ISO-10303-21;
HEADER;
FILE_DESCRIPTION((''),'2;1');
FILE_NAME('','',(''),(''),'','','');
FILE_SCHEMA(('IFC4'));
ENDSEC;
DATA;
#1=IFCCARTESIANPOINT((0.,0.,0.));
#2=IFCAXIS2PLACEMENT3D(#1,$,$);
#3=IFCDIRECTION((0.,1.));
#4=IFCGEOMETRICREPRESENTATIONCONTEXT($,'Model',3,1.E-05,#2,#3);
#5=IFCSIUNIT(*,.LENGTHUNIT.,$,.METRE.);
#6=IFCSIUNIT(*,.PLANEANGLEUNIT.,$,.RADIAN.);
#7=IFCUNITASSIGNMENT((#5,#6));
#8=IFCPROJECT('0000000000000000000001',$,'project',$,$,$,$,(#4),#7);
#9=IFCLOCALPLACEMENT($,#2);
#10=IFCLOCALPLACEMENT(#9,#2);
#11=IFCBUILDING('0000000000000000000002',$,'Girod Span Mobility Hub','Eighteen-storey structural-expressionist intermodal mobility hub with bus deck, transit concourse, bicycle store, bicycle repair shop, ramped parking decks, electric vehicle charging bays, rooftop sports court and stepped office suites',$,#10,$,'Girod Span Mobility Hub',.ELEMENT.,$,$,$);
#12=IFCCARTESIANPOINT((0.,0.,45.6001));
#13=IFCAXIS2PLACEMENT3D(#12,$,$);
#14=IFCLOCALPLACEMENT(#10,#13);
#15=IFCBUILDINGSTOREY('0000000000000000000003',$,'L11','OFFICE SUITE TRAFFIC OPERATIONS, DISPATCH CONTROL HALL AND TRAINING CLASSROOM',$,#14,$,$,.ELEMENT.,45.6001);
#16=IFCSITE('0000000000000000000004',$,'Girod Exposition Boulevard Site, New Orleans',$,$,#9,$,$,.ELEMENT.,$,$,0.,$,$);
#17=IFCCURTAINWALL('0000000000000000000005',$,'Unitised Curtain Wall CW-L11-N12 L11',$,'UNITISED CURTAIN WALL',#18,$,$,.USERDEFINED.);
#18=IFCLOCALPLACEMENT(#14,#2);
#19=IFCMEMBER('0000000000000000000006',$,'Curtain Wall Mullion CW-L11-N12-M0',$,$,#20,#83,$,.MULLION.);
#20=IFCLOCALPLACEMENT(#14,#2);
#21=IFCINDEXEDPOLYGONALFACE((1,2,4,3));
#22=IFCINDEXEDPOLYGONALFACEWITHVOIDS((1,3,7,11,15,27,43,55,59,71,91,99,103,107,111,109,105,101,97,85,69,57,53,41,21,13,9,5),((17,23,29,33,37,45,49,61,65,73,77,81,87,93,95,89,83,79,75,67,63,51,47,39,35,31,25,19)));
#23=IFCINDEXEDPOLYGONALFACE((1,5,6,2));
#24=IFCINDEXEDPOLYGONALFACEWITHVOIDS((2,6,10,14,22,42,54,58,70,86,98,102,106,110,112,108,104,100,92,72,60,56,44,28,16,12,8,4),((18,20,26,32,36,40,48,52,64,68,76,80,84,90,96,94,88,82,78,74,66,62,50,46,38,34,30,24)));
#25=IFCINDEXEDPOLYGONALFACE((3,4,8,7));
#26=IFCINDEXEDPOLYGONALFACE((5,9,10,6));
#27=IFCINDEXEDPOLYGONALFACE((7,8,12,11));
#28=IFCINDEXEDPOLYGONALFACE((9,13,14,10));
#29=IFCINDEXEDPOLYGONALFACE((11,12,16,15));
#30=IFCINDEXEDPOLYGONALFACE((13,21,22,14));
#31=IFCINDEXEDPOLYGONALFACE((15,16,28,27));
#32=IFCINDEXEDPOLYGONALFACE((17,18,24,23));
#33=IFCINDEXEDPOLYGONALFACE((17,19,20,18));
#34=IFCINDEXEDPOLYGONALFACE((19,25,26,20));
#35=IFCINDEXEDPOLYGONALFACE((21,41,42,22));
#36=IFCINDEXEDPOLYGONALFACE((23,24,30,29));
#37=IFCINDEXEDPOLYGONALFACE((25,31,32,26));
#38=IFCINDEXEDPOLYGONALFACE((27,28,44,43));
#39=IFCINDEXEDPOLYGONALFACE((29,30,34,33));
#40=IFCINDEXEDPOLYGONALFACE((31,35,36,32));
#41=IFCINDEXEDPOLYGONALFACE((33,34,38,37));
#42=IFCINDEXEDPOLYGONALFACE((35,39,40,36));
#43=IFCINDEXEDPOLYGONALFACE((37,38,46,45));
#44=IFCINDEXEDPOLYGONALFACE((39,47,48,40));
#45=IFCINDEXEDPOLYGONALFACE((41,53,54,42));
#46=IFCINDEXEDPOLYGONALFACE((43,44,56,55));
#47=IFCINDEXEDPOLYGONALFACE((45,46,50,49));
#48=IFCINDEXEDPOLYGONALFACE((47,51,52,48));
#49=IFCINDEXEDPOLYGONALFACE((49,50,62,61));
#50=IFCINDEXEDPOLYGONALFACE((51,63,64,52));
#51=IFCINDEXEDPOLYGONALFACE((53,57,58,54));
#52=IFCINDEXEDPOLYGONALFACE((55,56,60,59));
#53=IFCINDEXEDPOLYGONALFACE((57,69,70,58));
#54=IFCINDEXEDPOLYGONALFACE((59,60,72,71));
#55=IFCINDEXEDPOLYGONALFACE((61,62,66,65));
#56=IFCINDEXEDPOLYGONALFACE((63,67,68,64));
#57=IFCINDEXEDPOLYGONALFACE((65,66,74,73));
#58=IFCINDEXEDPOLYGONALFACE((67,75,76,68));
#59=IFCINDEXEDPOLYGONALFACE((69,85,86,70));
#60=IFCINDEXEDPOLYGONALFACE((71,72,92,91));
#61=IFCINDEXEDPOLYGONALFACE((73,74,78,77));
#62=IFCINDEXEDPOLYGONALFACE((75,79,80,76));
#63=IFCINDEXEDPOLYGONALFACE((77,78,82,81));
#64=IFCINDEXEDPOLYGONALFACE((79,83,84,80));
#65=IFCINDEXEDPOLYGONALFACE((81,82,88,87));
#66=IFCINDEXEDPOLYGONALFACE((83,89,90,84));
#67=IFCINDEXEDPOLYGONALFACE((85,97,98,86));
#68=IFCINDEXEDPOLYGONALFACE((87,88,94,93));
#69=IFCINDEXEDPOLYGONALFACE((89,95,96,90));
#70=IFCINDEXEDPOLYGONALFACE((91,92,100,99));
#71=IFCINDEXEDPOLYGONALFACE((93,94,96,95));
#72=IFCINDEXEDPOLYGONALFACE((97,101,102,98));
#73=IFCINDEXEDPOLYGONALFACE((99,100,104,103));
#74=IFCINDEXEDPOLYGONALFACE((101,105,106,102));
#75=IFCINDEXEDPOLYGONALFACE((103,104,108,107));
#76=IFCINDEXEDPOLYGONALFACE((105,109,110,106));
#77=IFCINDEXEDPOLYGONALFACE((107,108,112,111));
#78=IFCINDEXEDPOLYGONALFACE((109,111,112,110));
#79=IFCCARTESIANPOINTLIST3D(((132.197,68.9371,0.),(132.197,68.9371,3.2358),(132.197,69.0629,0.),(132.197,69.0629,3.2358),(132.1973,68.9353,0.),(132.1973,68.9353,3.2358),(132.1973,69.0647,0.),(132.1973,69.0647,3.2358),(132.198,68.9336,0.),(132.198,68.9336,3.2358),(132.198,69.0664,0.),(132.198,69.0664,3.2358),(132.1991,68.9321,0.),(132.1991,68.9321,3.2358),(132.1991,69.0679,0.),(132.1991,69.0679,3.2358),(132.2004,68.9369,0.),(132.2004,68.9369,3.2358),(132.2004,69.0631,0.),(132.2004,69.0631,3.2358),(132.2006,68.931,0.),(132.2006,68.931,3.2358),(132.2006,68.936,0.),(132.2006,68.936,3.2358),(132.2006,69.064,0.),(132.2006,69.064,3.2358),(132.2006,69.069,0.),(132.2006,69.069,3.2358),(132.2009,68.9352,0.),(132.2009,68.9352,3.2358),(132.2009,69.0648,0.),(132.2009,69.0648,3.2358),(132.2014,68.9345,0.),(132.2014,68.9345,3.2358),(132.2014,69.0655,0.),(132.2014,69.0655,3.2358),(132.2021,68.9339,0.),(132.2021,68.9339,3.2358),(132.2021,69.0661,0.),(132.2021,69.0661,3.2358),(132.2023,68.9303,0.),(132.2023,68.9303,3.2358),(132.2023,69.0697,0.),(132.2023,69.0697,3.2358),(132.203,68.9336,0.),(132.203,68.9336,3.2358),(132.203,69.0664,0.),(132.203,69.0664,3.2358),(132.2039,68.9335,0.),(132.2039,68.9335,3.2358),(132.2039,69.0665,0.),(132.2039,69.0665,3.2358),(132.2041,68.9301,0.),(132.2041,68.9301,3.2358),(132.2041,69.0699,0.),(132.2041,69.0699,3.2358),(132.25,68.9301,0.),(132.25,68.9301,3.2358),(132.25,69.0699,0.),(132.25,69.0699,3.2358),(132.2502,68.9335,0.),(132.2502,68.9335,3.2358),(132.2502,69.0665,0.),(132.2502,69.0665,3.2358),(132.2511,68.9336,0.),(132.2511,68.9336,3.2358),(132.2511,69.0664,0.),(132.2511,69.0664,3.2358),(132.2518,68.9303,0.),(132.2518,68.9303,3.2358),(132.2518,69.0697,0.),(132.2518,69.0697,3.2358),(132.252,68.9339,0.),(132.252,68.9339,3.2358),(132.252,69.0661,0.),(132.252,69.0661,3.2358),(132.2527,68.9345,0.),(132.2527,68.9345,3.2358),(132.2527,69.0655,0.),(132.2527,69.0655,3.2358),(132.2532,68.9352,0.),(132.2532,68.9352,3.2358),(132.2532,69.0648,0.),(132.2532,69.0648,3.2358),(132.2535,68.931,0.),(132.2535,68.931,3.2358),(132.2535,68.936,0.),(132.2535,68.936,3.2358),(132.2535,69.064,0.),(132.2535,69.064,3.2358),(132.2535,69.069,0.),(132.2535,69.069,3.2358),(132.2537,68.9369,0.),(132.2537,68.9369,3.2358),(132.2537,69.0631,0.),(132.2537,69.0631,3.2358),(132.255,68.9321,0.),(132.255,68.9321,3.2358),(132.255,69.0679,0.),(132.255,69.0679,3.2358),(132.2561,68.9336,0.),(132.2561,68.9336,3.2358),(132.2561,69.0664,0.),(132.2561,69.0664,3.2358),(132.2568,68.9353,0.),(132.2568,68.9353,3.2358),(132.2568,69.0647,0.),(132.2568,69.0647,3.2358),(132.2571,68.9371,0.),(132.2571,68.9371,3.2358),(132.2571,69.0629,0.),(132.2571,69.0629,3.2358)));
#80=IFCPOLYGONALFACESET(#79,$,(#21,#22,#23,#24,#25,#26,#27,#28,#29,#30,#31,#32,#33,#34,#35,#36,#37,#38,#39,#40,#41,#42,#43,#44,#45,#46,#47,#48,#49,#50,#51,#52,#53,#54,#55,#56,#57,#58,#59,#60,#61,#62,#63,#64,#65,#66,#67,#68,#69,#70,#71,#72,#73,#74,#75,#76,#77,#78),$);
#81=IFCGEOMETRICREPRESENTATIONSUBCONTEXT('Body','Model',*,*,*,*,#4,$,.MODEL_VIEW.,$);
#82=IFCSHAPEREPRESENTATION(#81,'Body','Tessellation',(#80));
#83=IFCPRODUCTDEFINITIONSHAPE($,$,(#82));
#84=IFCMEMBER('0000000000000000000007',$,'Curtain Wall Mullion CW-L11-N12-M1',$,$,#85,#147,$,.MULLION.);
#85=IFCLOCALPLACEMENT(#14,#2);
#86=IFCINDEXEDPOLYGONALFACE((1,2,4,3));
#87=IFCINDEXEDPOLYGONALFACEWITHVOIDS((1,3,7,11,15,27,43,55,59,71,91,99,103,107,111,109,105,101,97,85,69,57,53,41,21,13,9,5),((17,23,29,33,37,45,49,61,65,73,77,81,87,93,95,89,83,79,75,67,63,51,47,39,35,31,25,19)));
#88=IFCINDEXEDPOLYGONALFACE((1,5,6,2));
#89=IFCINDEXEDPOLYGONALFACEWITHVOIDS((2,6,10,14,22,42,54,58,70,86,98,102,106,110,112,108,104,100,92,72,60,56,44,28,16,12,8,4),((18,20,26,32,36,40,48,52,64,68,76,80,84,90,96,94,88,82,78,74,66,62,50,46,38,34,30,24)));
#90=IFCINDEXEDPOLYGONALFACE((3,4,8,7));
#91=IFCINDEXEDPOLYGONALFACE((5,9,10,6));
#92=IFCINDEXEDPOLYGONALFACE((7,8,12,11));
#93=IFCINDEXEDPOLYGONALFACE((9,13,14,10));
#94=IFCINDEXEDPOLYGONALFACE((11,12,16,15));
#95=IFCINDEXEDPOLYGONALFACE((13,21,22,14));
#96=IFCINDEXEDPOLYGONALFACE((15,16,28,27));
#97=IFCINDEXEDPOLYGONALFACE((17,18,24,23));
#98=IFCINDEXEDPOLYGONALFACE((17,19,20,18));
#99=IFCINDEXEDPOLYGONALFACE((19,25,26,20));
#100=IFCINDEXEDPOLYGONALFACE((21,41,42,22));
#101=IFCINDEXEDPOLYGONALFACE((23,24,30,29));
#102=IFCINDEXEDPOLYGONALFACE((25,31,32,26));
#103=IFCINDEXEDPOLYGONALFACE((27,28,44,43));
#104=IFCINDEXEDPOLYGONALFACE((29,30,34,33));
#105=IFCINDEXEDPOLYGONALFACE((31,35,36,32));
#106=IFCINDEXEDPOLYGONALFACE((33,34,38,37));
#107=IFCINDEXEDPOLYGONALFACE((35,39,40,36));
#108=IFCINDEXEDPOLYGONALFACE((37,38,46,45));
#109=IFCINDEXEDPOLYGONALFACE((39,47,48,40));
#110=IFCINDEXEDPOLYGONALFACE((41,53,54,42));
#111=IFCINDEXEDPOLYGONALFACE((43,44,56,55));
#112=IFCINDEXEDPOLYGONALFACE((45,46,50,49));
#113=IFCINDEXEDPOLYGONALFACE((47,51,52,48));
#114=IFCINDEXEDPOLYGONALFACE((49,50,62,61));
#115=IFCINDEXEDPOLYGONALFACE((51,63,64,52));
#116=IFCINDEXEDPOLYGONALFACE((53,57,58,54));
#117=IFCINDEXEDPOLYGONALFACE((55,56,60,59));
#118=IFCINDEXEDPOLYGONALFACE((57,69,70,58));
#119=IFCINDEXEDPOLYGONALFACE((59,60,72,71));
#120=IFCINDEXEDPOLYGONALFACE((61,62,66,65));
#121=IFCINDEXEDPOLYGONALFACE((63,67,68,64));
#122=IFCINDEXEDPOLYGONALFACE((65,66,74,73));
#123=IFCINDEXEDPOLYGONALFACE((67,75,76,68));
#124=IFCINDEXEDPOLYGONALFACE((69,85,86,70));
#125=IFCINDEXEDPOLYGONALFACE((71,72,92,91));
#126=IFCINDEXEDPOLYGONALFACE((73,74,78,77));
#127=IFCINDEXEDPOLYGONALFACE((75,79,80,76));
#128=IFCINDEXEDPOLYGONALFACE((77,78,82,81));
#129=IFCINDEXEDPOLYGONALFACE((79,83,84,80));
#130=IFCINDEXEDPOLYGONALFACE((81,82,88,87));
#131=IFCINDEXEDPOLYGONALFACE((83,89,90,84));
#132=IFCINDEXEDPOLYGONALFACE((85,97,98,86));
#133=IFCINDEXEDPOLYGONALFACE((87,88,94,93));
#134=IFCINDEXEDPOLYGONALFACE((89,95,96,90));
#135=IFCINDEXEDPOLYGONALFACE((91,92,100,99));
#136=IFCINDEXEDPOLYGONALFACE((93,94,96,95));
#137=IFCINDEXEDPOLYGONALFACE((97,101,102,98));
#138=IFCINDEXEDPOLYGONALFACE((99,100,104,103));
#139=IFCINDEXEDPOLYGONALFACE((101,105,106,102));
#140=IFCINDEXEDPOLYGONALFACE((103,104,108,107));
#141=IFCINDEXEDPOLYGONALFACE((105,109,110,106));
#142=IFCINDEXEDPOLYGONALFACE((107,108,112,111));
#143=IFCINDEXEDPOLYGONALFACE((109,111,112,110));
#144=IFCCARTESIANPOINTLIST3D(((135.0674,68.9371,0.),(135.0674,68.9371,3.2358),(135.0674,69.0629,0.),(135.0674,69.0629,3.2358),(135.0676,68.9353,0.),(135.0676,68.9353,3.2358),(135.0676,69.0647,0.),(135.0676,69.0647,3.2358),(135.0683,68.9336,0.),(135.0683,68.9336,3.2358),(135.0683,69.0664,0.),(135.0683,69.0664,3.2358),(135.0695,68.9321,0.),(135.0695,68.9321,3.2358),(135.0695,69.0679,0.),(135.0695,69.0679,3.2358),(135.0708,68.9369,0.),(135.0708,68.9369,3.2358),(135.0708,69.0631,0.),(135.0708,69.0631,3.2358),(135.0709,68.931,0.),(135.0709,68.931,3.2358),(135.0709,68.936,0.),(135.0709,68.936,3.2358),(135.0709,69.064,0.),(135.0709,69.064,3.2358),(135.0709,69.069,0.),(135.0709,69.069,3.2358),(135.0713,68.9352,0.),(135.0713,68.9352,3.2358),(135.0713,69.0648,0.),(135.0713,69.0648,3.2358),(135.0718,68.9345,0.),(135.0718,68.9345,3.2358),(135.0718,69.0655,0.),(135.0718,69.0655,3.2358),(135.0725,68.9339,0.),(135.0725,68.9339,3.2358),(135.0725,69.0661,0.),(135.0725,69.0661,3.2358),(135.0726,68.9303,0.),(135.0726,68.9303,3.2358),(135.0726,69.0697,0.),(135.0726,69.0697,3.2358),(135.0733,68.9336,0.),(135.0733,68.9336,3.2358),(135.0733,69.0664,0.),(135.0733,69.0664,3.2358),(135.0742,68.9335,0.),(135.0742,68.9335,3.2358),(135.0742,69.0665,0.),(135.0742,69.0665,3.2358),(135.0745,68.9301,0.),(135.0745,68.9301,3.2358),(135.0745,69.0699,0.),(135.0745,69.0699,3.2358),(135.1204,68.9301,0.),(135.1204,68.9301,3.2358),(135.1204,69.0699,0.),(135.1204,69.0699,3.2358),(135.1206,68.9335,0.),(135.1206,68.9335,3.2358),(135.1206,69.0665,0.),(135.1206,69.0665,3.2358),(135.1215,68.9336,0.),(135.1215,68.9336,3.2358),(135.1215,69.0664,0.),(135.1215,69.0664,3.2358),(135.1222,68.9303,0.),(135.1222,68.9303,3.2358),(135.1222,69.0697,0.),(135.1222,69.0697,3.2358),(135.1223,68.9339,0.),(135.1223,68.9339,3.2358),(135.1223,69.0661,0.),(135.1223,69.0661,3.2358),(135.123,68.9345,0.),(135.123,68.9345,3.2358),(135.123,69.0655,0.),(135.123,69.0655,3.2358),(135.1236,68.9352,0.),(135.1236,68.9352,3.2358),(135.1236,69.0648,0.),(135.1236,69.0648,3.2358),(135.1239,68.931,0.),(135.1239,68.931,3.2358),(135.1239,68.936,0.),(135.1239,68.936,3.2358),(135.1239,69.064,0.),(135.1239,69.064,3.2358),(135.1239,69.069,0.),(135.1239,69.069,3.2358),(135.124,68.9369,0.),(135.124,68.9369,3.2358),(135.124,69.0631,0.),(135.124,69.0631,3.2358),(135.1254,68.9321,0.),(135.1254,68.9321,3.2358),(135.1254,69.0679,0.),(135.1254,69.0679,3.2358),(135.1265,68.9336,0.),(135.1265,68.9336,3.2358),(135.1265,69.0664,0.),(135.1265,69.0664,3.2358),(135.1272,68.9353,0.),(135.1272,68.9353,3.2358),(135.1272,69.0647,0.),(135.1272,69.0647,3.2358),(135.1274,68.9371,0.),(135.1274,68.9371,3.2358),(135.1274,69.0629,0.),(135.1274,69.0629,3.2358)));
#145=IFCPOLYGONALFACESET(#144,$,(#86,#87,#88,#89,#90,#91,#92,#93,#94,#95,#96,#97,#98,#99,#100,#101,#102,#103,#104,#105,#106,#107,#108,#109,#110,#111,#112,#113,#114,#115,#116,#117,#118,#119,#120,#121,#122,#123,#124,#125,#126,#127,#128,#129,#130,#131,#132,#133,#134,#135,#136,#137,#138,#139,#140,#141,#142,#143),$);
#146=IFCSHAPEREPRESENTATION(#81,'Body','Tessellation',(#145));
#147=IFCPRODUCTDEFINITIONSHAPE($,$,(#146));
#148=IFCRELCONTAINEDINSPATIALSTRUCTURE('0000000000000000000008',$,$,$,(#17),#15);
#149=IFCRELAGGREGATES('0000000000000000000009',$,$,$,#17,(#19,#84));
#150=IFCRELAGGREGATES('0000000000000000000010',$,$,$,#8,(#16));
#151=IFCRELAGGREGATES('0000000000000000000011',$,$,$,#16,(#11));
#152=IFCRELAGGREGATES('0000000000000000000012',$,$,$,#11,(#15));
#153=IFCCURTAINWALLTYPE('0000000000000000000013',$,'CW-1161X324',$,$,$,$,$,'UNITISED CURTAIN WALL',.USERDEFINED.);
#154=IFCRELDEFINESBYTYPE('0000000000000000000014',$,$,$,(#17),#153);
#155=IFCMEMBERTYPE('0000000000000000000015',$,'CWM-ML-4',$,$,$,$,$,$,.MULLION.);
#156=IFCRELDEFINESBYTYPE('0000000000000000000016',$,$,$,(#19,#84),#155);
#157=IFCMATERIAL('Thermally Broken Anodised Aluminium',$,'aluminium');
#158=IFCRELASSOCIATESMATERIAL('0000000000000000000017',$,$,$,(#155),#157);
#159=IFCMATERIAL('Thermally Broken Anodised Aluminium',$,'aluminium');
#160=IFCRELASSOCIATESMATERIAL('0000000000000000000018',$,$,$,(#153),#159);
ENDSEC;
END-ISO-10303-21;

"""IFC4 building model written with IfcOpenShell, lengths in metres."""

from ifc_helpers import new_model, si_unit, direction, frame, origin, origin_2d, place, context, subcontext, project, spatial, hollow_rectangle, extrude, material, material_profile, profile_set, type_object, element, aggregate, save


model = new_model("IFC4")

# Units and contexts
model_context = context("Model", 3, precision=1e-05, world=origin(), true_north=direction((0.0, 1.0)))
body_context = subcontext(model_context, "Body", "Model", "MODEL_VIEW")
ifc_project = project(units=[si_unit("LENGTHUNIT", "METRE"), si_unit("PLANEANGLEUNIT", "RADIAN")], contexts=[model_context])

# Site, building, storey
site_placement = place(None, origin())
site = spatial("IfcSite", under=ifc_project, at=site_placement, Name="Girod Exposition Boulevard Site, New Orleans", CompositionType="ELEMENT", RefElevation=0.0)
building_placement = place(site_placement, origin())
building = spatial("IfcBuilding", under=site, at=building_placement, Name="Girod Span Mobility Hub", Description="Eighteen-storey structural-expressionist intermodal mobility hub with bus deck, transit concourse, bicycle store, bicycle repair shop, ramped parking decks, electric vehicle charging bays, rooftop sports court and stepped office suites", LongName="Girod Span Mobility Hub", CompositionType="ELEMENT")
storey_placement = place(building_placement, frame((0.0, 0.0, 45.6001)))
storey = spatial("IfcBuildingStorey", under=building, at=storey_placement, Name="L11", Description="OFFICE SUITE TRAFFIC OPERATIONS, DISPATCH CONTROL HALL AND TRAINING CLASSROOM", CompositionType="ELEMENT", Elevation=45.6001)

# Curtain wall, members
ifc_material_1 = material(Name="Thermally Broken Anodised Aluminium", Category="aluminium")
ifc_material_profile_1 = material_profile(ifc_material_1, hollow_rectangle(XDim=0.1399, YDim=0.0601, WallThickness=0.0034, InnerFilletRadius=0.0034, OuterFilletRadius=0.0071, at=origin_2d()), Name="CW-ML-60X140")
ifc_profile_set_1 = profile_set([ifc_material_profile_1], Name="Thermally Broken Anodised Aluminium")
member_type_1 = type_object("IfcMemberType", Name="CWM-ML-4", PredefinedType="MULLION", material=ifc_profile_set_1)
ifc_material_2 = material(Name="Thermally Broken Anodised Aluminium", Category="aluminium")
curtain_wall_type_1 = type_object("IfcCurtainWallType", Name="CW-1161X324", ElementType="UNITISED CURTAIN WALL", PredefinedType="USERDEFINED", material=ifc_material_2)
curtain_wall_1_placement = place(storey_placement, origin())
curtain_wall_1 = element("IfcCurtainWall", 1, at=curtain_wall_1_placement, inside=storey, type_object=curtain_wall_type_1, Name="Unitised Curtain Wall CW-L11-N12 L11", ObjectType="UNITISED CURTAIN WALL", PredefinedType="USERDEFINED")
member_1_placement = place(storey_placement, frame((132.2271, 69.0, 0.0), z_axis=(0.0, 0.0, 1.0), x_axis=(0.0, 1.0, 0.0)))
member_1 = element("IfcMember", 2, at=member_1_placement, type_object=member_type_1, Name="Curtain Wall Mullion CW-L11-N12-M0", PredefinedType="MULLION", context=body_context, shape_type="SweptSolid", body=[
    extrude(hollow_rectangle(XDim=0.1399, YDim=0.0601, WallThickness=0.0034, InnerFilletRadius=0.0034, OuterFilletRadius=0.0071, at=origin_2d()), origin(), (0.0, 0.0, 1.0), 3.2358),
])
member_2_placement = place(storey_placement, frame((135.0974, 69.0, 0.0), z_axis=(0.0, 0.0, 1.0), x_axis=(0.0, 1.0, 0.0)))
member_2 = element("IfcMember", 3, at=member_2_placement, type_object=member_type_1, Name="Curtain Wall Mullion CW-L11-N12-M1", PredefinedType="MULLION", context=body_context, shape_type="SweptSolid", body=[
    extrude(hollow_rectangle(XDim=0.1399, YDim=0.0601, WallThickness=0.0034, InnerFilletRadius=0.0034, OuterFilletRadius=0.0071, at=origin_2d()), origin(), (0.0, 0.0, 1.0), 3.2358),
])

aggregate(curtain_wall_1, [member_1, member_2])

save(model, "model.ifc")
